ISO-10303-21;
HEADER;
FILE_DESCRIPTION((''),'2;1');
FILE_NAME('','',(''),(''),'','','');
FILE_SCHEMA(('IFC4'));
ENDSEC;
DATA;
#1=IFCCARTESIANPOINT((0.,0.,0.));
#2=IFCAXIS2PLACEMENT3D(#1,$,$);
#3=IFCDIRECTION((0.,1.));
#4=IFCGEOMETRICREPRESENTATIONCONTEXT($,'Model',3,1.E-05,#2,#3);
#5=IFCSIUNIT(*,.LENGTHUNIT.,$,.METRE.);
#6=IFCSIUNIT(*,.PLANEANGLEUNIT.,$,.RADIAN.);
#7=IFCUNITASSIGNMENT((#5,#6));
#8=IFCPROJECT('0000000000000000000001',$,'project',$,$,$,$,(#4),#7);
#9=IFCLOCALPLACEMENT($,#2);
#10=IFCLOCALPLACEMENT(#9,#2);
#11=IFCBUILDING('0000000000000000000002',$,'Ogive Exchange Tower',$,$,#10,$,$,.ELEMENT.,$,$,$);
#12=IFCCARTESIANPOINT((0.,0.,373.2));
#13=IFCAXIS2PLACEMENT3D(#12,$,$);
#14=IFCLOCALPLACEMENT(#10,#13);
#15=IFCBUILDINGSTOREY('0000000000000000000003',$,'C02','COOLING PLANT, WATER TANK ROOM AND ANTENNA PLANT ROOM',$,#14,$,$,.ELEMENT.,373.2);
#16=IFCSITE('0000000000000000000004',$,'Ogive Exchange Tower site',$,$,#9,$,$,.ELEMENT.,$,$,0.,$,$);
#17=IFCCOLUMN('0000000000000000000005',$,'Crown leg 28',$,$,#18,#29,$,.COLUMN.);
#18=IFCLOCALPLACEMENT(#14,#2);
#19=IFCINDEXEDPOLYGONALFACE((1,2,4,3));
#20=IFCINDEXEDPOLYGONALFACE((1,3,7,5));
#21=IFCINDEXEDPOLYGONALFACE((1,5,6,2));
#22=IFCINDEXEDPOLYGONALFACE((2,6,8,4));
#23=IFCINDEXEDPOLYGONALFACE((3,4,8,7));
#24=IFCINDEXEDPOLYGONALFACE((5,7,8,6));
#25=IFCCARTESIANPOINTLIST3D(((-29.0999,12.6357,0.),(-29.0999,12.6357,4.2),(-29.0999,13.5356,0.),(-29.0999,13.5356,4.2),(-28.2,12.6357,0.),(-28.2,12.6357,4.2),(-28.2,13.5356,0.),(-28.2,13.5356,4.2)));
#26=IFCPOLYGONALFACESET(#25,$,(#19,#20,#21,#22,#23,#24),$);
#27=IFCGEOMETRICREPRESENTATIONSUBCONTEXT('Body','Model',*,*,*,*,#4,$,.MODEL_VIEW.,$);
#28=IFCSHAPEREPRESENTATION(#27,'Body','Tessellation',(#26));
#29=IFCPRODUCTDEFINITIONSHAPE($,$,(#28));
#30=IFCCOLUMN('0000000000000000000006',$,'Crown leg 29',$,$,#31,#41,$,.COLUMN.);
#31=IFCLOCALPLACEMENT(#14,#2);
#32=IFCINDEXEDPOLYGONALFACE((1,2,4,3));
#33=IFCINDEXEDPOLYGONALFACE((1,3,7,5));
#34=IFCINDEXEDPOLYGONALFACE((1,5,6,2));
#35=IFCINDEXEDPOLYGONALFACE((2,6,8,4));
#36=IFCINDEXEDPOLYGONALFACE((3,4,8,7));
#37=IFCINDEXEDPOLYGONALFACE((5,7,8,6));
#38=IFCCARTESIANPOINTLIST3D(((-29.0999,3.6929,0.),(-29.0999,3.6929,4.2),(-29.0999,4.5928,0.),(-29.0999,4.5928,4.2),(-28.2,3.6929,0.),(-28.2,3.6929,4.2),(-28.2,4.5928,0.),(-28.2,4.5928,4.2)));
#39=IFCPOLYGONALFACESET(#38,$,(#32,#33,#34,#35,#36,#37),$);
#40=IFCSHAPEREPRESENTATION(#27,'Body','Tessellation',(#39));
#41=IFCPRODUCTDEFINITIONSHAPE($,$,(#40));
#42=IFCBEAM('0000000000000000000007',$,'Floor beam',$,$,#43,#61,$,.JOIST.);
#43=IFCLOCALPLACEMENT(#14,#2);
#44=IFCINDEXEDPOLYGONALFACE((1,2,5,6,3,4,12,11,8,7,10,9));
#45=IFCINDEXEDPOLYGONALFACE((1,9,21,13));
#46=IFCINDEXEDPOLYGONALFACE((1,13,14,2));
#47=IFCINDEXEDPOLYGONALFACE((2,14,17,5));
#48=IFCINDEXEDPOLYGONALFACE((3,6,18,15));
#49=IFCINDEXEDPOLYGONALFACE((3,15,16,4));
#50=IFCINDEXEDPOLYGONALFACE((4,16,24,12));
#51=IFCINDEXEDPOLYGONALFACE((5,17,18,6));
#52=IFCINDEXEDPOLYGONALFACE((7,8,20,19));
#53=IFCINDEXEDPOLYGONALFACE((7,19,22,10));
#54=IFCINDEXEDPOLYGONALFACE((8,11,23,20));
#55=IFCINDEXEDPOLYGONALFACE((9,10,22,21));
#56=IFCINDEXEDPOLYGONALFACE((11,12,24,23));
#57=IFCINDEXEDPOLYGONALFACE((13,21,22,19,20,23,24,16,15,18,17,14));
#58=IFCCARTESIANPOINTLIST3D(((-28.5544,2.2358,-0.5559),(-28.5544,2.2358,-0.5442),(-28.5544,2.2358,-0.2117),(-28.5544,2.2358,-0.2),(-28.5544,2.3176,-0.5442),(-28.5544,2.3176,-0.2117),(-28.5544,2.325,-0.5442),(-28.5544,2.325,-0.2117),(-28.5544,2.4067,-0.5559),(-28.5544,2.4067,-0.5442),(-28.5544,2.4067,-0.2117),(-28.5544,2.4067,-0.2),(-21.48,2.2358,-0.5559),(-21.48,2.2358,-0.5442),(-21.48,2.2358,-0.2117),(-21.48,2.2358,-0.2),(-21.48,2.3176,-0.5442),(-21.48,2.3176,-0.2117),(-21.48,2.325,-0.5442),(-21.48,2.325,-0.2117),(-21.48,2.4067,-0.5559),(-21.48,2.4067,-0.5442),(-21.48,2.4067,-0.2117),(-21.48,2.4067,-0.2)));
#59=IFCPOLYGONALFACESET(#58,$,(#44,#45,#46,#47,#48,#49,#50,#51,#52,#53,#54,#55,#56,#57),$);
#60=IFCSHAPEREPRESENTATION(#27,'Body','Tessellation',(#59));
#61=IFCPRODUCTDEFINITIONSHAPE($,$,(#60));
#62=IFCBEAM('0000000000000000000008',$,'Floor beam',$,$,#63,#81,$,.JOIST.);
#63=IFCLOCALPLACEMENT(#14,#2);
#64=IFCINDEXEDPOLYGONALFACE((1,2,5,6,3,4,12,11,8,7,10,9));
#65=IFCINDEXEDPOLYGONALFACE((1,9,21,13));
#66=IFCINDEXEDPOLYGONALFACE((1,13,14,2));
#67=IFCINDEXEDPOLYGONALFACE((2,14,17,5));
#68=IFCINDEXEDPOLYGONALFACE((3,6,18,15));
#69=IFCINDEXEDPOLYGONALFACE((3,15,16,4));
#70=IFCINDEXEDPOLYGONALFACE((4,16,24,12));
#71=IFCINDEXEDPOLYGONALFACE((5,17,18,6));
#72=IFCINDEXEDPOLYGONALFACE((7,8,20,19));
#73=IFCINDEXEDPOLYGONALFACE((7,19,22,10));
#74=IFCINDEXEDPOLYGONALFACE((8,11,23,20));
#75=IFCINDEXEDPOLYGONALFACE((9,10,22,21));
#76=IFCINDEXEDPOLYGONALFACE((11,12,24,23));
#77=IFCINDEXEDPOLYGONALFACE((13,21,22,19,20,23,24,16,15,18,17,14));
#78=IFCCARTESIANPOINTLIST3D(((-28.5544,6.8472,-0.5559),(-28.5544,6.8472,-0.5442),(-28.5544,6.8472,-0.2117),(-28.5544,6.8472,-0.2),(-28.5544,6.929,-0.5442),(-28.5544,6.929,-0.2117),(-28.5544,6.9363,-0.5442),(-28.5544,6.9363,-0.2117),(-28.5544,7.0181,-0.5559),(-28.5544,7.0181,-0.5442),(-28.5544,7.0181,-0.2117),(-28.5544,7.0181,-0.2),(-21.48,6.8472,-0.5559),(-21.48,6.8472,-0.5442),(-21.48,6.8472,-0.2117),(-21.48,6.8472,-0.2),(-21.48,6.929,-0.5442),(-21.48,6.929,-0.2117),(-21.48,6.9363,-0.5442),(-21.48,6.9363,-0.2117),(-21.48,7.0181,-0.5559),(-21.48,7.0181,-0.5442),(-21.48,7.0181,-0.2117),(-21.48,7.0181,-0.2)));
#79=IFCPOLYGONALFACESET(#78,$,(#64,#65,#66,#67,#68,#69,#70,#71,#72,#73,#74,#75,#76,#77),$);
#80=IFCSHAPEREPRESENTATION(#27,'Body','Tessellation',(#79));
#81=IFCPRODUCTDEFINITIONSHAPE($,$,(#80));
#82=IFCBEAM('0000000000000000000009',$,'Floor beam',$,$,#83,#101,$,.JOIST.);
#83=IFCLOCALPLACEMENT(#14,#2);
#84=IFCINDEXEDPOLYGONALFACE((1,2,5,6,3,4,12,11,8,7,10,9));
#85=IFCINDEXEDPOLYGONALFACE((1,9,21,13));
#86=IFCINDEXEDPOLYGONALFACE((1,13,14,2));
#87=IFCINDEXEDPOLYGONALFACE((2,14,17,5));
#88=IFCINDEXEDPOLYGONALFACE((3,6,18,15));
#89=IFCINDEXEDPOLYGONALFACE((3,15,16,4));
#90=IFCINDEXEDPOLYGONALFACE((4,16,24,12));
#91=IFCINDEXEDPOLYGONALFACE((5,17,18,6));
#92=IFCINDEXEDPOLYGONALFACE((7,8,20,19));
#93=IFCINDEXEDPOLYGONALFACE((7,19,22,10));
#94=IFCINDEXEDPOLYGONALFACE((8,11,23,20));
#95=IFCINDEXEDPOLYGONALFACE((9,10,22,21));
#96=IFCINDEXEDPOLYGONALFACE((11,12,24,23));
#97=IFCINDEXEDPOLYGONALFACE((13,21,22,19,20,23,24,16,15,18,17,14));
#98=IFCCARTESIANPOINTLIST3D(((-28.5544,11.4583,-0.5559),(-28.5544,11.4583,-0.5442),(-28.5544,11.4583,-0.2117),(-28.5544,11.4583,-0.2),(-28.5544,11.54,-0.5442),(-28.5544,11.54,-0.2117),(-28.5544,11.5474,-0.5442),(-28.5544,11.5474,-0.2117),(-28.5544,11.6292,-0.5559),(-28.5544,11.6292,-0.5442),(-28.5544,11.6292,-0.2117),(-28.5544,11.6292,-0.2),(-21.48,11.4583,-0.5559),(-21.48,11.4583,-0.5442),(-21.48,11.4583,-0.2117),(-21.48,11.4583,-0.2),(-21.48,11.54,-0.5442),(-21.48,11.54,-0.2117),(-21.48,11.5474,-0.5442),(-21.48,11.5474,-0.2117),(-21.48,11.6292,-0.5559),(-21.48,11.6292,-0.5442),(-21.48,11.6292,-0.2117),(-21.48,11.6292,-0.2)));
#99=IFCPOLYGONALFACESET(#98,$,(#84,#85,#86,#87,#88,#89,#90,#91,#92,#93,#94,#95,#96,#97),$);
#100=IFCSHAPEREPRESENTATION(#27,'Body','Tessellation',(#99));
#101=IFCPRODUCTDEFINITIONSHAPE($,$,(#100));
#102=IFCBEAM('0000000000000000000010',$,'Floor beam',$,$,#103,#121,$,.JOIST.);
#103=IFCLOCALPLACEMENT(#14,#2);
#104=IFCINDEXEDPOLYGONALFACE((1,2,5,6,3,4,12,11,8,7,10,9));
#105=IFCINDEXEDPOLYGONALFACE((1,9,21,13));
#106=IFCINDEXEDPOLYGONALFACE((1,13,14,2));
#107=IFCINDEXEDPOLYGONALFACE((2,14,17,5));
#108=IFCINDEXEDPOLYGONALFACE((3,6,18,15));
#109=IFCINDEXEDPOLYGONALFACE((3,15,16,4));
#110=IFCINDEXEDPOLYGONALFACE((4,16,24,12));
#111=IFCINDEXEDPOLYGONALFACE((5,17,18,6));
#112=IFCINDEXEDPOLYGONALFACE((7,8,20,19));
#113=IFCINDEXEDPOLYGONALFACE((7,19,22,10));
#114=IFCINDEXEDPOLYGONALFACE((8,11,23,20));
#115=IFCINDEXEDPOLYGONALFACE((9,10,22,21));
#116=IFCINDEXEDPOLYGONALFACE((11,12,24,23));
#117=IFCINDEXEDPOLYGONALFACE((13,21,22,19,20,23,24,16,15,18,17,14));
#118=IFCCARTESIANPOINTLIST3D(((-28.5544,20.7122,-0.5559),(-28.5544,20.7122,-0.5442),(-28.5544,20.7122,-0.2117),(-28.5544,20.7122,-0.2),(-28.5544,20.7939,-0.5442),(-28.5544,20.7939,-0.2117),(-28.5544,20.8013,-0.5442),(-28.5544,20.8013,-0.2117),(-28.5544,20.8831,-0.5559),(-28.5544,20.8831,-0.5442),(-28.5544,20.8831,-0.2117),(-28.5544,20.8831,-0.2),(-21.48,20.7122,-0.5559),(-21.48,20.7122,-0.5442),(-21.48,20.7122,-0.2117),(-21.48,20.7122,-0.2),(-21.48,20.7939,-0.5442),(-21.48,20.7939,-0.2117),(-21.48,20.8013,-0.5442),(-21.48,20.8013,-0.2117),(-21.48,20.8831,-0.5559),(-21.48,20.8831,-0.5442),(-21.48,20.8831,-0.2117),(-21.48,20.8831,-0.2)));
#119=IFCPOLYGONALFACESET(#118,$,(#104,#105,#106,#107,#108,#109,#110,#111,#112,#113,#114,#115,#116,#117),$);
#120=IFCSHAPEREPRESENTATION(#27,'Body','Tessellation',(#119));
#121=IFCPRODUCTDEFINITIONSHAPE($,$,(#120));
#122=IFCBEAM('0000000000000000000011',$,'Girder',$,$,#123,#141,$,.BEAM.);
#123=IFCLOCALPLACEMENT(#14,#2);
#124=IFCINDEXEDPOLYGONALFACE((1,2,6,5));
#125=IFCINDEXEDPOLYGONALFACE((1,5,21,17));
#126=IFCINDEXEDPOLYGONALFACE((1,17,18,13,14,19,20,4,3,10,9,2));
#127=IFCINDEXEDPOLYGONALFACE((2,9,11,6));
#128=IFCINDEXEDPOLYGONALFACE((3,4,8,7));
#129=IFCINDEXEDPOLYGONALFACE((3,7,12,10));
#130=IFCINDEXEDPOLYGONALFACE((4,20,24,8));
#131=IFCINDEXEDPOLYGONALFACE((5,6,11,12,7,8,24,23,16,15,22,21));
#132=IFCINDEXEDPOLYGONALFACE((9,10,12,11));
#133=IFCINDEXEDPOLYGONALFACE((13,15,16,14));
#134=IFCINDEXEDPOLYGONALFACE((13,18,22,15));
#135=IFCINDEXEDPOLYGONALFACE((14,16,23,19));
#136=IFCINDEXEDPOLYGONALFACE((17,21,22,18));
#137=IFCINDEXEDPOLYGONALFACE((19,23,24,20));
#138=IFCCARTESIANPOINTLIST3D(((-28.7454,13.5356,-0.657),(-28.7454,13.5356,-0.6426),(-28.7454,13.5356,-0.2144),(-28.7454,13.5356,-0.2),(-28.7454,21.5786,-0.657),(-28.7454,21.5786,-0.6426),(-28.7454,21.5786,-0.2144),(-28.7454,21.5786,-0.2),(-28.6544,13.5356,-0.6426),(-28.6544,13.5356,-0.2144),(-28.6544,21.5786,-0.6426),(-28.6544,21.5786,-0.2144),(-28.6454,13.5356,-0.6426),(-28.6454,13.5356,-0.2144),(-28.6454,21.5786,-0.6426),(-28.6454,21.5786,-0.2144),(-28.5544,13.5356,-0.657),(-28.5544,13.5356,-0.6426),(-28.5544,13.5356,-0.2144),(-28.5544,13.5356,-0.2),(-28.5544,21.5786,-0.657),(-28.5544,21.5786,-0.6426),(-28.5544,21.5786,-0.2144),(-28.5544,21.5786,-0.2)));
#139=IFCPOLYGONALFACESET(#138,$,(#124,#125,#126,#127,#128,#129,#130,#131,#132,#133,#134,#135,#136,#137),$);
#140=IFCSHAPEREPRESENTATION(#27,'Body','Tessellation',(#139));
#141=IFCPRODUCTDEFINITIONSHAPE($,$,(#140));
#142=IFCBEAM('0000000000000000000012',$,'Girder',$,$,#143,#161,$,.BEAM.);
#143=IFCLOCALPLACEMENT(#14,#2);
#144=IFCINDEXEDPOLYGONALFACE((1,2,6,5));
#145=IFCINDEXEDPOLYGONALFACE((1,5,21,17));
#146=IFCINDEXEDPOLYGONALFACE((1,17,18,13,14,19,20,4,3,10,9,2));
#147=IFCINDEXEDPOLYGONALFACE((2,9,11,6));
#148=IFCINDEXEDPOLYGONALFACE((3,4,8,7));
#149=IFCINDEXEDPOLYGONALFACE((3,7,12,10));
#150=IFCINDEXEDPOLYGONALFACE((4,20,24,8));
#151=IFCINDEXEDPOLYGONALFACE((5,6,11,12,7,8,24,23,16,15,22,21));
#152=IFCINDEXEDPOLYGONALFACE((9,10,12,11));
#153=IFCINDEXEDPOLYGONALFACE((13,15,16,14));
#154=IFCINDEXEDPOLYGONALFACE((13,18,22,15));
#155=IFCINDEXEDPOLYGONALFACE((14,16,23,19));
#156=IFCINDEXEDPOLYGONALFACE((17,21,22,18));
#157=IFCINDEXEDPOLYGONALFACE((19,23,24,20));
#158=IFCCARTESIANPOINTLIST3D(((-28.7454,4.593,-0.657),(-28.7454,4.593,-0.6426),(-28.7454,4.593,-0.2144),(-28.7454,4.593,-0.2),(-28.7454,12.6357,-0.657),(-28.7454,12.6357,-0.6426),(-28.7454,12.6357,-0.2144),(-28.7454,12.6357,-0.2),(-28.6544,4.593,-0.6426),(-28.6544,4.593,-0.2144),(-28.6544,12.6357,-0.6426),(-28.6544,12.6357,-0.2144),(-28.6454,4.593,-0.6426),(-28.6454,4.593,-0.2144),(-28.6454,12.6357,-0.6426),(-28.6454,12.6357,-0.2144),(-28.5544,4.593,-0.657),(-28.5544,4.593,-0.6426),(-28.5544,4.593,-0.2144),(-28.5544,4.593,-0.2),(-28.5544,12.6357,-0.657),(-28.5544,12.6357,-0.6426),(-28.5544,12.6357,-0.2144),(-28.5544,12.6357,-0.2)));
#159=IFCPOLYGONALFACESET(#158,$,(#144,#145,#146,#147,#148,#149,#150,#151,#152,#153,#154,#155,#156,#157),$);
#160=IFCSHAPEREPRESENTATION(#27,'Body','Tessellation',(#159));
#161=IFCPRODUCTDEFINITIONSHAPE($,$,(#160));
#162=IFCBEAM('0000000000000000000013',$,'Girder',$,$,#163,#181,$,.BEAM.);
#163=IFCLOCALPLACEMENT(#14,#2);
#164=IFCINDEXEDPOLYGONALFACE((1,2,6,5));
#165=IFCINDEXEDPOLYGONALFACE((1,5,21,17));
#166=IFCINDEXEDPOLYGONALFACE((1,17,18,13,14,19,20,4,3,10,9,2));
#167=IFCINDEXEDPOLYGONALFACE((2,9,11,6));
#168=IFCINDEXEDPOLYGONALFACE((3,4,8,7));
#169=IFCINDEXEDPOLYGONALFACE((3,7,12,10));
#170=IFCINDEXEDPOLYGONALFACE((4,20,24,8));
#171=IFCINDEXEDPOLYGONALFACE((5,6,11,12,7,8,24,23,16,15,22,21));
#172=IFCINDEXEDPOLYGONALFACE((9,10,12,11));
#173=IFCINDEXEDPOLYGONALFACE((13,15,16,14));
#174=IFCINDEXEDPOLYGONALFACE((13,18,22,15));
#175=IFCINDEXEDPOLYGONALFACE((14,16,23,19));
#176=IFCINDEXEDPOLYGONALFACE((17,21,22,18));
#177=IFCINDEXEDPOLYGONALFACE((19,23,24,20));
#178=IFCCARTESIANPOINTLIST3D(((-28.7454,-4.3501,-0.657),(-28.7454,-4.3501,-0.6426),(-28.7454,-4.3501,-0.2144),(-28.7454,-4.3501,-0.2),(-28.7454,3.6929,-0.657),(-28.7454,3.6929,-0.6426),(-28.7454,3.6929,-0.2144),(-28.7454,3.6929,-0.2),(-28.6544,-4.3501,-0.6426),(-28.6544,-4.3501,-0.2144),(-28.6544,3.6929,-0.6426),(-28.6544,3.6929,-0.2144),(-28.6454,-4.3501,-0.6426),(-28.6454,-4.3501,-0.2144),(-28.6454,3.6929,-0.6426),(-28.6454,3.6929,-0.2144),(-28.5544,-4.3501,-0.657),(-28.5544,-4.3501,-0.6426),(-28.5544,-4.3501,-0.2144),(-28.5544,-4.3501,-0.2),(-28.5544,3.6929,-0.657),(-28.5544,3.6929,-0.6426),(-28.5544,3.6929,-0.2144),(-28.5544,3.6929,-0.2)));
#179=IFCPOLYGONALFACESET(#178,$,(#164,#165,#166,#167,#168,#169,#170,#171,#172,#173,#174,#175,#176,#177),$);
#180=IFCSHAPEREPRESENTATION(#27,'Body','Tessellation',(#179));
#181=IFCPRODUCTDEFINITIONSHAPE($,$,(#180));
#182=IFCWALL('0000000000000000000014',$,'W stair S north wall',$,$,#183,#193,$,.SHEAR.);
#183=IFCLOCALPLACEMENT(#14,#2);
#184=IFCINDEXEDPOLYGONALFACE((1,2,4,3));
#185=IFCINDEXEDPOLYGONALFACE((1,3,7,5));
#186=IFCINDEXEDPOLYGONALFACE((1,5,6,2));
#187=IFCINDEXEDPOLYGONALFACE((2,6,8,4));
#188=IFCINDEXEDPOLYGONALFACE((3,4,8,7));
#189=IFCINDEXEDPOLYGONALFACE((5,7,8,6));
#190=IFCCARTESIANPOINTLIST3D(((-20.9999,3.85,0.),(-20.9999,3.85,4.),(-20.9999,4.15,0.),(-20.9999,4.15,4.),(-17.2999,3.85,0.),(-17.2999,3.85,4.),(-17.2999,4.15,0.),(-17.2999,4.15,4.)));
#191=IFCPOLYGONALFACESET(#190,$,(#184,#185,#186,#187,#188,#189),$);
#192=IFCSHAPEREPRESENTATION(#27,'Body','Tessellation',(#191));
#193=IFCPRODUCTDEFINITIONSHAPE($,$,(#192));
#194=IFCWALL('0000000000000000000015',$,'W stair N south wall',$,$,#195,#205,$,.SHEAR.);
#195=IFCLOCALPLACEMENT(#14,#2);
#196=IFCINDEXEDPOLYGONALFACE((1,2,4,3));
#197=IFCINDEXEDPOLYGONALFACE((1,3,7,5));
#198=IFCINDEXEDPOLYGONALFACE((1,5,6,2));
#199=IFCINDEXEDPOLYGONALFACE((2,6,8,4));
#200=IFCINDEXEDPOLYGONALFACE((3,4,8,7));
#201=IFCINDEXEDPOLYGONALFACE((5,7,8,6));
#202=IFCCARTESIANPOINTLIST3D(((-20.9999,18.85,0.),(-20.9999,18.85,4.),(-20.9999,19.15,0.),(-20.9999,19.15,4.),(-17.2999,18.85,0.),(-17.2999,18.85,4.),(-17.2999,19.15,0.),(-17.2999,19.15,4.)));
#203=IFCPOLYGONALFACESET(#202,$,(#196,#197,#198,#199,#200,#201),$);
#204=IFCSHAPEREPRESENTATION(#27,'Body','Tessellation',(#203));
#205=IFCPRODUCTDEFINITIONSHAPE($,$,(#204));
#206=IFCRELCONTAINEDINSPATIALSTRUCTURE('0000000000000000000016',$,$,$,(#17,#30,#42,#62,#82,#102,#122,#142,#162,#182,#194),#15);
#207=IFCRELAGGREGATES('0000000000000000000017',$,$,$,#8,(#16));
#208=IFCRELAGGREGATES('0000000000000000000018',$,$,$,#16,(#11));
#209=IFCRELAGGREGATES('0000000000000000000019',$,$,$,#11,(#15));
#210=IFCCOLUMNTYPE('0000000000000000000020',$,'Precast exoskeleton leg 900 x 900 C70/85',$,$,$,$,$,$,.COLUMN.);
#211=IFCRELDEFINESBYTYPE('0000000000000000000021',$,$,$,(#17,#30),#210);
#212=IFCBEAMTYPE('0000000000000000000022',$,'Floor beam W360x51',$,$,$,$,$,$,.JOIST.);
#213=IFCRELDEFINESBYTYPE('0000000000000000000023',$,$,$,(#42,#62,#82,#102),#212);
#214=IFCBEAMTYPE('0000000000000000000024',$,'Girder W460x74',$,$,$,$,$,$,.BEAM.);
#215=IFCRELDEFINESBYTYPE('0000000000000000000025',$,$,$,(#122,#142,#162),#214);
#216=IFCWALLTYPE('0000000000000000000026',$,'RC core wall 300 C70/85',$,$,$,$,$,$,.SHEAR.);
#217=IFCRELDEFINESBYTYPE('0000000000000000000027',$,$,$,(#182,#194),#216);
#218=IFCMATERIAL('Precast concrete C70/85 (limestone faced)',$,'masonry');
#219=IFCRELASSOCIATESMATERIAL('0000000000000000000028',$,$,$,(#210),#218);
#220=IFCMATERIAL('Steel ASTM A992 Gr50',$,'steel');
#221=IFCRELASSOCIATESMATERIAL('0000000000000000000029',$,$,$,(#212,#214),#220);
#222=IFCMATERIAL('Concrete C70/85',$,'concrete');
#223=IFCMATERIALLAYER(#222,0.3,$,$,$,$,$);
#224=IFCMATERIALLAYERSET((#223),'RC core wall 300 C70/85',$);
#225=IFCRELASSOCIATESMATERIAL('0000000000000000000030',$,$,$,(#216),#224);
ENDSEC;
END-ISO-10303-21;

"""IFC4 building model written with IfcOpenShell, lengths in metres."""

from ifc_helpers import new_model, si_unit, direction, frame, frame_2d, origin, origin_2d, place, context, subcontext, project, spatial, rectangle, i_section, extrude, material, layer, layer_set, material_profile, profile_set, type_object, element, save


model = new_model("IFC4")

# Units and contexts
model_context = context("Model", 3, precision=1e-05, world=origin(), true_north=direction((0.0, 1.0)))
body_context = subcontext(model_context, "Body", "Model", "MODEL_VIEW")
ifc_project = project(units=[si_unit("LENGTHUNIT", "METRE"), si_unit("PLANEANGLEUNIT", "RADIAN")], contexts=[model_context])

# Site, building, storey
site_placement = place(None, origin())
site = spatial("IfcSite", under=ifc_project, at=site_placement, Name="Ogive Exchange Tower site", CompositionType="ELEMENT", RefElevation=0.0)
building_placement = place(site_placement, origin())
building = spatial("IfcBuilding", under=site, at=building_placement, Name="Ogive Exchange Tower", CompositionType="ELEMENT")
storey_placement = place(building_placement, frame((0.0, 0.0, 373.2)))
storey = spatial("IfcBuildingStorey", under=building, at=storey_placement, Name="C02", Description="COOLING PLANT, WATER TANK ROOM AND ANTENNA PLANT ROOM", CompositionType="ELEMENT", Elevation=373.2)

# Columns
ifc_material_1 = material(Name="Precast concrete C70/85 (limestone faced)", Category="masonry")
ifc_material_profile_1 = material_profile(ifc_material_1, rectangle(XDim=0.8999, YDim=0.8999, at=origin_2d()), Name="900 x 900")
ifc_profile_set_1 = profile_set([ifc_material_profile_1], Name="Precast concrete C70/85 (limestone faced)")
column_type = type_object("IfcColumnType", Name="Precast exoskeleton leg 900 x 900 C70/85", PredefinedType="COLUMN", material=ifc_profile_set_1)
for number, where, z_axis, x_axis, name in (
    (1, (-28.6499, 13.0857, 0.0), (0.0, 0.0, 1.0), (1.0, 0.0, 0.0), "Crown leg 28"),
    (2, (-28.6499, 4.1428, 0.0), (0.0, 0.0, 1.0), (1.0, 0.0, 0.0), "Crown leg 29"),
):
    element("IfcColumn", number, at=place(storey_placement, frame(where, z_axis=z_axis, x_axis=x_axis)), inside=storey, type_object=column_type, Name=name, PredefinedType="COLUMN", context=body_context, shape_type="SweptSolid", body=[
        extrude(rectangle(XDim=0.8999, YDim=0.8999, at=origin_2d()), origin(), (0.0, 0.0, 1.0), 4.2),
    ])

# Beams
ifc_material_2 = material(Name="Steel ASTM A992 Gr50", Category="steel")
ifc_material_profile_2 = material_profile(ifc_material_2, i_section(OverallWidth=0.1709, OverallDepth=0.356, WebThickness=0.0073, FlangeThickness=0.0117, at=origin_2d()), Name="W360x51")
ifc_profile_set_2 = profile_set([ifc_material_profile_2], Name="Steel ASTM A992 Gr50")
beam_type_1 = type_object("IfcBeamType", Name="Floor beam W360x51", PredefinedType="JOIST", material=ifc_profile_set_2)
for number, where, z_axis, x_axis, name in (
    (3, (-28.5544, 2.3213, -0.3779), (1.0, 0.0, 0.0), (0.0, 1.0, 0.0), "Floor beam"),
    (4, (-28.5544, 6.9326, -0.3779), (1.0, 0.0, 0.0), (0.0, 1.0, 0.0), "Floor beam"),
    (5, (-28.5544, 11.5437, -0.3779), (1.0, 0.0, 0.0), (0.0, 1.0, 0.0), "Floor beam"),
    (6, (-28.5544, 20.7976, -0.3779), (1.0, 0.0, 0.0), (0.0, 1.0, 0.0), "Floor beam"),
):
    element("IfcBeam", number, at=place(storey_placement, frame(where, z_axis=z_axis, x_axis=x_axis)), inside=storey, type_object=beam_type_1, Name=name, PredefinedType="JOIST", context=body_context, shape_type="SweptSolid", body=[
        extrude(i_section(OverallWidth=0.1709, OverallDepth=0.356, WebThickness=0.0073, FlangeThickness=0.0117, at=origin_2d()), origin(), (0.0, 0.0, 1.0), 7.0745),
    ])
ifc_material_profile_3 = material_profile(ifc_material_2, i_section(OverallWidth=0.1909, OverallDepth=0.457, WebThickness=0.009, FlangeThickness=0.0144, at=origin_2d()), Name="W460x74")
ifc_profile_set_3 = profile_set([ifc_material_profile_3], Name="Steel ASTM A992 Gr50")
beam_type_2 = type_object("IfcBeamType", Name="Girder W460x74", PredefinedType="BEAM", material=ifc_profile_set_3)
beam_1_placement = place(storey_placement, frame((-28.6499, 21.5786, -0.4285), z_axis=(0.0, -1.0, 0.0), x_axis=(1.0, 0.0, 0.0)))
element("IfcBeam", 7, at=beam_1_placement, inside=storey, type_object=beam_type_2, Name="Girder", PredefinedType="BEAM", context=body_context, shape_type="SweptSolid", body=[
    extrude(i_section(OverallWidth=0.1909, OverallDepth=0.457, WebThickness=0.009, FlangeThickness=0.0144, at=origin_2d()), origin(), (0.0, 0.0, 1.0), 8.043),
])
beam_2_placement = place(storey_placement, frame((-28.6499, 12.6357, -0.4285), z_axis=(0.0, -1.0, 0.0), x_axis=(1.0, 0.0, 0.0)))
element("IfcBeam", 8, at=beam_2_placement, inside=storey, type_object=beam_type_2, Name="Girder", PredefinedType="BEAM", context=body_context, shape_type="SweptSolid", body=[
    extrude(i_section(OverallWidth=0.1909, OverallDepth=0.457, WebThickness=0.009, FlangeThickness=0.0144, at=origin_2d()), origin(), (0.0, 0.0, 1.0), 8.0427),
])
beam_3_placement = place(storey_placement, frame((-28.6499, 3.6929, -0.4285), z_axis=(0.0, -1.0, 0.0), x_axis=(1.0, 0.0, 0.0)))
element("IfcBeam", 9, at=beam_3_placement, inside=storey, type_object=beam_type_2, Name="Girder", PredefinedType="BEAM", context=body_context, shape_type="SweptSolid", body=[
    extrude(i_section(OverallWidth=0.1909, OverallDepth=0.457, WebThickness=0.009, FlangeThickness=0.0144, at=origin_2d()), origin(), (0.0, 0.0, 1.0), 8.043),
])

# Walls
ifc_material_3 = material(Name="Concrete C70/85", Category="concrete")
ifc_layer_1 = layer(ifc_material_3, 0.3)
ifc_layer_set_1 = layer_set([ifc_layer_1], Name="RC core wall 300 C70/85")
wall_type_1 = type_object("IfcWallType", Name="RC core wall 300 C70/85", PredefinedType="SHEAR", material=ifc_layer_set_1)
for number, where, z_axis, x_axis, name in (
    (10, (-21.0, 4.0, 0.0), (0.0, 0.0, 1.0), (1.0, 0.0, 0.0), "W stair S north wall"),
    (11, (-21.0, 19.0, 0.0), (0.0, 0.0, 1.0), (1.0, 0.0, 0.0), "W stair N south wall"),
):
    element("IfcWall", number, at=place(storey_placement, frame(where, z_axis=z_axis, x_axis=x_axis)), inside=storey, type_object=wall_type_1, Name=name, PredefinedType="SHEAR", context=body_context, shape_type="SweptSolid", body=[
        extrude(rectangle(XDim=3.7, YDim=0.3, at=frame_2d((1.8501, 0.0))), origin(), (0.0, 0.0, 1.0), 4.0),
    ])

save(model, "model.ifc")
